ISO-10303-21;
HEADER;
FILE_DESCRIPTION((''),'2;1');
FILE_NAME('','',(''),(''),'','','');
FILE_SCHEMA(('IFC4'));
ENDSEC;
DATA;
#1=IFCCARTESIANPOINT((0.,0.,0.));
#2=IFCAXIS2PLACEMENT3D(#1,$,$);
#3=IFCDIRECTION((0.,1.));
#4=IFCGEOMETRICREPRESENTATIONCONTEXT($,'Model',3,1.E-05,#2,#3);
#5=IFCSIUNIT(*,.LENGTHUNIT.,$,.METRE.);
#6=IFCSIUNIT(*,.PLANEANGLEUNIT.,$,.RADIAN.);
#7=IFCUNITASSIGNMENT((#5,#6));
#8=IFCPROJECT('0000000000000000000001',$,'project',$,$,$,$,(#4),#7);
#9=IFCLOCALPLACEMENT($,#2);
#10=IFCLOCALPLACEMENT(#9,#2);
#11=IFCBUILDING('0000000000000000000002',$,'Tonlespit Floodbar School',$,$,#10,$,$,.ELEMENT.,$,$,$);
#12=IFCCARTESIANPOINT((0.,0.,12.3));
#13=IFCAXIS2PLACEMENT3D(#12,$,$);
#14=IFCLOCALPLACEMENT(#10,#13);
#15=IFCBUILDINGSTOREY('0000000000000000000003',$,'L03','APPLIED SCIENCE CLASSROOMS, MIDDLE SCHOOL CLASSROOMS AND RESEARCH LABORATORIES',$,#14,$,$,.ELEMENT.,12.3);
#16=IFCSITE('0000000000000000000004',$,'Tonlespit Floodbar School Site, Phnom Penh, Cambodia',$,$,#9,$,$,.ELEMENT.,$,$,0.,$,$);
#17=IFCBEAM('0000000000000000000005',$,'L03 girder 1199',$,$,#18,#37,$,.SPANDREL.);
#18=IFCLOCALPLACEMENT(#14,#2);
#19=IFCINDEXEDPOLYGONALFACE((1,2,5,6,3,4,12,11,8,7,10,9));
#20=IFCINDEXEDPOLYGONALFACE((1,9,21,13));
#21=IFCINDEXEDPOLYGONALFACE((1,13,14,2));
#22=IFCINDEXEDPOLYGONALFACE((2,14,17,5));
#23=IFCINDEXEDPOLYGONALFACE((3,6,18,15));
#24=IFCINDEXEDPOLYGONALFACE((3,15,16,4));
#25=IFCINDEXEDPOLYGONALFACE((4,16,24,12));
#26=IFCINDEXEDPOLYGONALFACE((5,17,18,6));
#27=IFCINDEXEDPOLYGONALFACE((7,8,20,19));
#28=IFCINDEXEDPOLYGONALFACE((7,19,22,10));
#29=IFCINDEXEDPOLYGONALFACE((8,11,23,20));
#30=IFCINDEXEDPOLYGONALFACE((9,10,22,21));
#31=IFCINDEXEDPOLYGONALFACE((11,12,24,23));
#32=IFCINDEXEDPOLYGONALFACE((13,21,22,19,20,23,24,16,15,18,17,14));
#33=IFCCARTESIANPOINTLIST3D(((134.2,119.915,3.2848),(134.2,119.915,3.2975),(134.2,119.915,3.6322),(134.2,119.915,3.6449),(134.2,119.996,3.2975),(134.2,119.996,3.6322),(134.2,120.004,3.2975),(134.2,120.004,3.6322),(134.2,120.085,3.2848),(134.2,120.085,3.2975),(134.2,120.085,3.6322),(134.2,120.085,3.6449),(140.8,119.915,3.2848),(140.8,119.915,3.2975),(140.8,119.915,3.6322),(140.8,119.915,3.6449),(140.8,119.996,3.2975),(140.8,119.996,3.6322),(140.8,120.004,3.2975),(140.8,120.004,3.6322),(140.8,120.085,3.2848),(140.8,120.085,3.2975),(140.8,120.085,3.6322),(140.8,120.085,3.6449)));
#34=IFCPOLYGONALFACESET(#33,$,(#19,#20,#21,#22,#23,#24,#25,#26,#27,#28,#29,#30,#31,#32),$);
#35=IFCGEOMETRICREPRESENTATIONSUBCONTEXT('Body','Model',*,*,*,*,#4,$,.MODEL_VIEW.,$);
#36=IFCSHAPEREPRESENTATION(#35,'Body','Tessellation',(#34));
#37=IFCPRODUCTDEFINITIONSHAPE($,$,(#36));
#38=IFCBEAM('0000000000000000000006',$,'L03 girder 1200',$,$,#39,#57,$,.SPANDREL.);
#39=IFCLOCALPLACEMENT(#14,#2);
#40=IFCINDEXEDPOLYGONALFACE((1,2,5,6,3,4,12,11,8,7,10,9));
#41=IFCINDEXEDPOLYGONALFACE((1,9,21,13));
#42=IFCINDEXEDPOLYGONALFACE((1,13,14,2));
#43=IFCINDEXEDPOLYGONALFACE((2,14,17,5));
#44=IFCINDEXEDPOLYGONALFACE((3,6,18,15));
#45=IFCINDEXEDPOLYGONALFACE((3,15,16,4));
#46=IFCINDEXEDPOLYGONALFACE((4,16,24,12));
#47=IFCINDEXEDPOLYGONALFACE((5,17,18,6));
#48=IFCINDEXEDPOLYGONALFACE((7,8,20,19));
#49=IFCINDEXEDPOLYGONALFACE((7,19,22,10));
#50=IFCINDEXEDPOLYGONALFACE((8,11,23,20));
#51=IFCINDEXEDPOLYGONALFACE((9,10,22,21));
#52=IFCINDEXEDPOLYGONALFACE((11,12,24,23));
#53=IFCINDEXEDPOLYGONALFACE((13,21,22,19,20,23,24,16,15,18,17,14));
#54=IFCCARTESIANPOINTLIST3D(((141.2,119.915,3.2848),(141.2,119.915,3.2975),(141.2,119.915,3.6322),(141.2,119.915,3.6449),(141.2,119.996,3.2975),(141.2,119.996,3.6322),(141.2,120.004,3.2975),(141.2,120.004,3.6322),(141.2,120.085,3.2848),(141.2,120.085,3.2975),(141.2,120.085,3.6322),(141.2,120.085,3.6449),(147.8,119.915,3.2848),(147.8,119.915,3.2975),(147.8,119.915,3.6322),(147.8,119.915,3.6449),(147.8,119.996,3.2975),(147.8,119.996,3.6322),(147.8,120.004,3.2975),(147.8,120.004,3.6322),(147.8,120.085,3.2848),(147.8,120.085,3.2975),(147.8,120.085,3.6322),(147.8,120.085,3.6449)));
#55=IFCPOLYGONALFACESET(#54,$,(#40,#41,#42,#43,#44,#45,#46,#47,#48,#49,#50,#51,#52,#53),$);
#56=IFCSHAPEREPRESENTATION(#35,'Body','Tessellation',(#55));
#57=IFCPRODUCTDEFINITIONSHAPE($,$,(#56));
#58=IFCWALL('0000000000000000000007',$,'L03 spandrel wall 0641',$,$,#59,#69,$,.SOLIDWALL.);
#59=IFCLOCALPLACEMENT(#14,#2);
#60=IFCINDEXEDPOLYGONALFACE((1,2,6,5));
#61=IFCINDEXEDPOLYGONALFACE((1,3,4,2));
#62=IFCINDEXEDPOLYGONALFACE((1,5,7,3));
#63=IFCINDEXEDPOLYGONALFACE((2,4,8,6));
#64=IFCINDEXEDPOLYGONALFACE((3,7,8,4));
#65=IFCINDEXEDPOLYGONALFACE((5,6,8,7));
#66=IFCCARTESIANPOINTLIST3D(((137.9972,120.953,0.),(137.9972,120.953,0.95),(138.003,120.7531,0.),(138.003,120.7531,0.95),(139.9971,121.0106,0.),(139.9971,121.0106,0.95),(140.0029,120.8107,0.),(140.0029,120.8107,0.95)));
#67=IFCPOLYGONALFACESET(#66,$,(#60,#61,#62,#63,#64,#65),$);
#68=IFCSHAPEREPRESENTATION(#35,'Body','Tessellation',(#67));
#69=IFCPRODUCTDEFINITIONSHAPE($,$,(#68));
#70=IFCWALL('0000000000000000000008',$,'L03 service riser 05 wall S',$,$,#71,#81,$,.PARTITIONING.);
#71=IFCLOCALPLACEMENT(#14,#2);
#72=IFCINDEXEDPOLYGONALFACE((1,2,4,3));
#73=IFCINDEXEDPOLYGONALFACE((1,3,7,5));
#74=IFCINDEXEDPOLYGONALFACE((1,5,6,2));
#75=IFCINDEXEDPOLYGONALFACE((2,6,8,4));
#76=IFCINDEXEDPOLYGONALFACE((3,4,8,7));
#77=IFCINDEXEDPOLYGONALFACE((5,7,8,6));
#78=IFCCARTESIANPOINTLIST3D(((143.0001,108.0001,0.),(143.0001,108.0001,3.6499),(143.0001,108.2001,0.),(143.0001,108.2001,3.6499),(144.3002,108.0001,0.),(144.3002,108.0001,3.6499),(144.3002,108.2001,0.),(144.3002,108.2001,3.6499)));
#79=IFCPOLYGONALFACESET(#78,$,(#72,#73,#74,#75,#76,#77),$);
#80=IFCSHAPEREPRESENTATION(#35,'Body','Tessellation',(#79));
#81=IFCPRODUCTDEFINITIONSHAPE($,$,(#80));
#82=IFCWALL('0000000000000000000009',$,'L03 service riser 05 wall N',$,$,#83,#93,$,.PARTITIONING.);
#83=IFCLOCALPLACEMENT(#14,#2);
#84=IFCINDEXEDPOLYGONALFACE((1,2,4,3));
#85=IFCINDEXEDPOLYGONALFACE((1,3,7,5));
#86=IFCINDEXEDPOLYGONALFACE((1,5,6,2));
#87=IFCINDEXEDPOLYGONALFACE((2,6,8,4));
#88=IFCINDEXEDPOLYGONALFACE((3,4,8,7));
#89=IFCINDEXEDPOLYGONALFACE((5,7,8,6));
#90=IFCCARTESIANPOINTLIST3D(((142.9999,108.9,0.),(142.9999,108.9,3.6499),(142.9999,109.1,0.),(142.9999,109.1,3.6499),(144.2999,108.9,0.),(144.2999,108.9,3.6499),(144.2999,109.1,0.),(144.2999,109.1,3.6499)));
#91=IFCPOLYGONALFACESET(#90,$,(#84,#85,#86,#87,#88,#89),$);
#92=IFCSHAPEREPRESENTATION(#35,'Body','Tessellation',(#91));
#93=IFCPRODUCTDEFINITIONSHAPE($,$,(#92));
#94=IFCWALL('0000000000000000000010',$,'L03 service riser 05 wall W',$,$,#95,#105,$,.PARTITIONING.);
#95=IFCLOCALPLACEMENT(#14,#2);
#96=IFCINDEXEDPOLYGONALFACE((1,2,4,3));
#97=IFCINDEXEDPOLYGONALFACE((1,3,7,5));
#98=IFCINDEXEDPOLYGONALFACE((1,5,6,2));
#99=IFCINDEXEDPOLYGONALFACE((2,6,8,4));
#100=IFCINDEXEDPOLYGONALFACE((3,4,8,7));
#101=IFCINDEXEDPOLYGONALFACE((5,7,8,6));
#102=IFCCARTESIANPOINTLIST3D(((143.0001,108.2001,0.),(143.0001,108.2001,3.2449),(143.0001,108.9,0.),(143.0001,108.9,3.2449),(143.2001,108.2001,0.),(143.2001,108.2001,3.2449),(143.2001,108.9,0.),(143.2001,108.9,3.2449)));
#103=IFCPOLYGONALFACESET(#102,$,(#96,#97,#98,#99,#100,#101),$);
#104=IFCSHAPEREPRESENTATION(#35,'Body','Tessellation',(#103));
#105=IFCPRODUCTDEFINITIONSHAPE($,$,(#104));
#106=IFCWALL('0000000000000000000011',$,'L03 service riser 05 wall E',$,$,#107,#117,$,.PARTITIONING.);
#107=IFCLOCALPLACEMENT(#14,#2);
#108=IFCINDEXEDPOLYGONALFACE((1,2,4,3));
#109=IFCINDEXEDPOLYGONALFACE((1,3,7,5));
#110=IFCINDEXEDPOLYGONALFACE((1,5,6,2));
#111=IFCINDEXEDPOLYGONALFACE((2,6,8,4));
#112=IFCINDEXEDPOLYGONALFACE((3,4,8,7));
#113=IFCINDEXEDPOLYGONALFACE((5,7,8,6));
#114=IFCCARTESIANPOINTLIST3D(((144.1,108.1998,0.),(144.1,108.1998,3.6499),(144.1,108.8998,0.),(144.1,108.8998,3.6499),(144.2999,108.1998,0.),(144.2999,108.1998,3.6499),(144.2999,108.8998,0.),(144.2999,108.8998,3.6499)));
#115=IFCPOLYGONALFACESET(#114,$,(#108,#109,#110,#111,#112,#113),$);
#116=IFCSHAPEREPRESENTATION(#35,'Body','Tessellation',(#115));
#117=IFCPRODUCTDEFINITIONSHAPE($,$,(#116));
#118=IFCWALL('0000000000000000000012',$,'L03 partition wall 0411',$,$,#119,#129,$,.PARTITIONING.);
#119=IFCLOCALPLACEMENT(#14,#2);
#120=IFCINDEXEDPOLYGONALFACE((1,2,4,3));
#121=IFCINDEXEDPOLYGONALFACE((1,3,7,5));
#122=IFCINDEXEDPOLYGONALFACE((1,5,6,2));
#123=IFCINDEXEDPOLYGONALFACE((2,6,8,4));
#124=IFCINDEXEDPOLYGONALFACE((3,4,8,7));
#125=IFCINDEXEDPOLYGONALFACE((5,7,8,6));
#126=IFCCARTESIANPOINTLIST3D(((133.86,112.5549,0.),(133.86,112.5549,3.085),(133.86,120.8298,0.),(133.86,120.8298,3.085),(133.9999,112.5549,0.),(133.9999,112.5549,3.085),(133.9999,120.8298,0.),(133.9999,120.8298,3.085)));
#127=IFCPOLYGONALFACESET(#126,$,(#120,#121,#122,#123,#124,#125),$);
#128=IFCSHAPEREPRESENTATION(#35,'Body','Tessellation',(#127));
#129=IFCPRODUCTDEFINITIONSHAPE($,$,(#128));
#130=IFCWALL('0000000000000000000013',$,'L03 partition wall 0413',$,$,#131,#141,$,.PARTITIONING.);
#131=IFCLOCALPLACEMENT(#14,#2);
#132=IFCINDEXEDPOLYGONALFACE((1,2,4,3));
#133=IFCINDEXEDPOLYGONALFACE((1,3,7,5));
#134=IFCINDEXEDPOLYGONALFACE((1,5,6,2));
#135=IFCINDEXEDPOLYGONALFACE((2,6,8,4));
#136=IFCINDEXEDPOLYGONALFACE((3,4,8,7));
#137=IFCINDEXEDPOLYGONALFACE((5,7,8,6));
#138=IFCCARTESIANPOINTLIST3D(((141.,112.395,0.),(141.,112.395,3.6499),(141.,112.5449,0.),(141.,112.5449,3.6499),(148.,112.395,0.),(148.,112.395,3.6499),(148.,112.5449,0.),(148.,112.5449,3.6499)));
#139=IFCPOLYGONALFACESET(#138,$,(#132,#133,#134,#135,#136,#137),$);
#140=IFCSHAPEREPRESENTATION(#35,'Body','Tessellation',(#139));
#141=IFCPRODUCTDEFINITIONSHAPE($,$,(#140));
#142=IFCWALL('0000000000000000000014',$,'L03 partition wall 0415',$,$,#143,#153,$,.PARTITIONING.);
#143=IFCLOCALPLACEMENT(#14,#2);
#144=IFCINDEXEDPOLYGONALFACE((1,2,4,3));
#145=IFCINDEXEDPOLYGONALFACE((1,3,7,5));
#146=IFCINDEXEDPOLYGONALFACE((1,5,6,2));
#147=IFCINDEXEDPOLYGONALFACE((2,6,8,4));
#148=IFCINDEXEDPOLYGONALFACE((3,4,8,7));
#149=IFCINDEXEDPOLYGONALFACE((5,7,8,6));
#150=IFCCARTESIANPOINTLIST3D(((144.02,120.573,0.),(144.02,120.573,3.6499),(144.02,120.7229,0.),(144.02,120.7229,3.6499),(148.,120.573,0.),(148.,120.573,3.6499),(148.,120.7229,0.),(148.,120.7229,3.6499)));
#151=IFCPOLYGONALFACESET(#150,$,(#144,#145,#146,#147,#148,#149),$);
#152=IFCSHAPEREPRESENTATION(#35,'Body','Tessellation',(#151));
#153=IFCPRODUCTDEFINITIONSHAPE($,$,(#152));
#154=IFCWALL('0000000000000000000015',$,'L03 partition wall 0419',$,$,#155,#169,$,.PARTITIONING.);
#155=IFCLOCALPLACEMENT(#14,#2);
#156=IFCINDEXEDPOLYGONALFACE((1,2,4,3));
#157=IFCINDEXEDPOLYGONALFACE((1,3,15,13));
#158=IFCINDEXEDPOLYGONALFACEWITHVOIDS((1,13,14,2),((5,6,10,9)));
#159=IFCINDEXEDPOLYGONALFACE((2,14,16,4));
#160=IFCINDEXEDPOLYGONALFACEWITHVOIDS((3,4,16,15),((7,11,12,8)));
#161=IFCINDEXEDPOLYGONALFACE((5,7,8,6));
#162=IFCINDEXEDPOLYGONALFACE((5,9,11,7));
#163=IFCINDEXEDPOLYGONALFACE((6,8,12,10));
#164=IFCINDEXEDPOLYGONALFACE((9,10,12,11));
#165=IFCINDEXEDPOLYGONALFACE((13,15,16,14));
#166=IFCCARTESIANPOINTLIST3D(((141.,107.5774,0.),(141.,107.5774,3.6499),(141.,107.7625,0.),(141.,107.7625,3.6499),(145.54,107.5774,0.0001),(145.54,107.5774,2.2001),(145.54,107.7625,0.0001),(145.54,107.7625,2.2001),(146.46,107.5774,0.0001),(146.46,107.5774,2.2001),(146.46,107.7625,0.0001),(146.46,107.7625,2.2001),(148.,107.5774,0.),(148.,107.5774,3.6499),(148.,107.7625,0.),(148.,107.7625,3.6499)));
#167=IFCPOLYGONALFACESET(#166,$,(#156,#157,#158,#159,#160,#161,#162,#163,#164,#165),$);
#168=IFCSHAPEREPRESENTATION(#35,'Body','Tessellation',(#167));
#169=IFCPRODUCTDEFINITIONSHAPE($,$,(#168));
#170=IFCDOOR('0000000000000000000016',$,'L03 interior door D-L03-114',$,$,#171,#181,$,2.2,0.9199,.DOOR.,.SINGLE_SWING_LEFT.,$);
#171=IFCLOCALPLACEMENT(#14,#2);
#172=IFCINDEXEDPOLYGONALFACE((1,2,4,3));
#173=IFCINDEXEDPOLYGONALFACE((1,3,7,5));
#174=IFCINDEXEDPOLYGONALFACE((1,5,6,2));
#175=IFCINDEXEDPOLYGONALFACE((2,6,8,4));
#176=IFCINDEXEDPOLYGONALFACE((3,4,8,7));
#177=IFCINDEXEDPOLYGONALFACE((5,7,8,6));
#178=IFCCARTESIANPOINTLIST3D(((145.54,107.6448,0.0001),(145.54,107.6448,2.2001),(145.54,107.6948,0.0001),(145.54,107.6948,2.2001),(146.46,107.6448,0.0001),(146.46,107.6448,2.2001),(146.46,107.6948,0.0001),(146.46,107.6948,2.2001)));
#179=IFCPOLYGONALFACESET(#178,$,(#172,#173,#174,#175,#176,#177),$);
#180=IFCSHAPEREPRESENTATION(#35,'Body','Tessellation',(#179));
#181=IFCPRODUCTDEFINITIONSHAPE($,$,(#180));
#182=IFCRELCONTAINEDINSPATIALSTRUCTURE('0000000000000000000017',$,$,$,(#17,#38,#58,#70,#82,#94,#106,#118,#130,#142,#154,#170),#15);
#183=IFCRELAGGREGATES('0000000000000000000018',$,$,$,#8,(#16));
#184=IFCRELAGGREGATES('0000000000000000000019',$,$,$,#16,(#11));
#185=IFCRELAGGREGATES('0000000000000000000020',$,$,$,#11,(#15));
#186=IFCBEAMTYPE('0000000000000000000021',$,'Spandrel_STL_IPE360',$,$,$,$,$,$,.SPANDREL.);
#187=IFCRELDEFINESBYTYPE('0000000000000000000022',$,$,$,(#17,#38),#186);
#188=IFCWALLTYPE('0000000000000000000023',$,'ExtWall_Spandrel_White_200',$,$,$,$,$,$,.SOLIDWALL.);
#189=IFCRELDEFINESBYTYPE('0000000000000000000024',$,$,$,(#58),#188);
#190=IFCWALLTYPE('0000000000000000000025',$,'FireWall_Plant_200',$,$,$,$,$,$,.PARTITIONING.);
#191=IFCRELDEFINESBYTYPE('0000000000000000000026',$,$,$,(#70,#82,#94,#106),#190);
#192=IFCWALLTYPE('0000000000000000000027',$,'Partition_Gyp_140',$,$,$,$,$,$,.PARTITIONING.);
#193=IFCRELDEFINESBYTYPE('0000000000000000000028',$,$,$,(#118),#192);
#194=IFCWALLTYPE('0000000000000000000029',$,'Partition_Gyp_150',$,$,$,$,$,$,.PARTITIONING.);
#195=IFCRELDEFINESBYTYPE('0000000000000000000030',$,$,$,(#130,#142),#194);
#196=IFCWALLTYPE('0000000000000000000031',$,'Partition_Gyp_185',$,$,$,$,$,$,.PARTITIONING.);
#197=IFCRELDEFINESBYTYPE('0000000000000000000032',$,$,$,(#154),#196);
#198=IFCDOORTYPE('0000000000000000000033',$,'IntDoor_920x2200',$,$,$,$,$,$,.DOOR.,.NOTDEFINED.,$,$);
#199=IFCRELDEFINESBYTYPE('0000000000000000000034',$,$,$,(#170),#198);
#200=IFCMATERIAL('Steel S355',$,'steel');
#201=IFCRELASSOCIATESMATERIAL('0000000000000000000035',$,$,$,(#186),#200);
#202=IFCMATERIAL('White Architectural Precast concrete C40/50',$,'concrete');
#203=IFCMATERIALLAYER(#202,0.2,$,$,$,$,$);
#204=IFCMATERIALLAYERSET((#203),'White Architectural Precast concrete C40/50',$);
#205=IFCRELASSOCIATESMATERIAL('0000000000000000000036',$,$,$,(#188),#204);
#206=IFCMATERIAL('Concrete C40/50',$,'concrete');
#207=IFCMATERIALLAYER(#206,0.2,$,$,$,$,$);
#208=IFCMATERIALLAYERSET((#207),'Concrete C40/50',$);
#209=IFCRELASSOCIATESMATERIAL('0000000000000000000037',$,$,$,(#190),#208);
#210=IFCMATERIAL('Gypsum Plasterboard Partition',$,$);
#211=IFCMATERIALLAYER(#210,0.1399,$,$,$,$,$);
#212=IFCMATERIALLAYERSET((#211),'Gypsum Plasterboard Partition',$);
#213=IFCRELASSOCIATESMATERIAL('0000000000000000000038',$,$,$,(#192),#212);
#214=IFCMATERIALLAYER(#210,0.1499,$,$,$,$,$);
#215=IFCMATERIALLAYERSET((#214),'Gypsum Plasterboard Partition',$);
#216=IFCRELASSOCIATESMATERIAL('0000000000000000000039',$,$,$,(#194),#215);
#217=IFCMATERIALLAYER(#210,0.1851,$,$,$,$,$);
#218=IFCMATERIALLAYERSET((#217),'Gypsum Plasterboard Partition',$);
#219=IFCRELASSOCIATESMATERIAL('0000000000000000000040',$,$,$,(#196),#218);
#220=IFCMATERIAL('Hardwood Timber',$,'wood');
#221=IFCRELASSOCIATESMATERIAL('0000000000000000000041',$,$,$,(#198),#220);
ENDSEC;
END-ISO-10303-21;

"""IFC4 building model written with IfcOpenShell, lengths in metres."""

from ifc_helpers import new_model, si_unit, direction, frame, frame_2d, origin, origin_2d, place, context, subcontext, project, spatial, rectangle, i_section, extrude, material, layer, layer_set, material_profile, profile_set, type_object, element, fill, save


model = new_model("IFC4")

# Units and contexts
model_context = context("Model", 3, precision=1e-05, world=origin(), true_north=direction((0.0, 1.0)))
body_context = subcontext(model_context, "Body", "Model", "MODEL_VIEW")
ifc_project = project(units=[si_unit("LENGTHUNIT", "METRE"), si_unit("PLANEANGLEUNIT", "RADIAN")], contexts=[model_context])

# Site, building, storey
site_placement = place(None, origin())
site = spatial("IfcSite", under=ifc_project, at=site_placement, Name="Tonlespit Floodbar School Site, Phnom Penh, Cambodia", CompositionType="ELEMENT", RefElevation=0.0)
building_placement = place(site_placement, origin())
building = spatial("IfcBuilding", under=site, at=building_placement, Name="Tonlespit Floodbar School", CompositionType="ELEMENT")
storey_placement = place(building_placement, frame((0.0, 0.0, 12.3)))
storey = spatial("IfcBuildingStorey", under=building, at=storey_placement, Name="L03", Description="APPLIED SCIENCE CLASSROOMS, MIDDLE SCHOOL CLASSROOMS AND RESEARCH LABORATORIES", CompositionType="ELEMENT", Elevation=12.3)

# Beams
ifc_material_1 = material(Name="Steel S355", Category="steel")
ifc_material_profile_1 = material_profile(ifc_material_1, i_section(OverallWidth=0.1699, OverallDepth=0.3601, WebThickness=0.0081, FlangeThickness=0.0127, at=origin_2d()), Name="IPE 360")
ifc_profile_set_1 = profile_set([ifc_material_profile_1], Name="Steel S355")
beam_type_1 = type_object("IfcBeamType", Name="Spandrel_STL_IPE360", PredefinedType="SPANDREL", material=ifc_profile_set_1)
for number, where, z_axis, x_axis, name in (
    (1, (134.2, 120.0, 3.4648), (1.0, 0.0, 0.0), (0.0, 1.0, 0.0), "L03 girder 1199"),
    (2, (141.2, 120.0, 3.4648), (1.0, 0.0, 0.0), (0.0, 1.0, 0.0), "L03 girder 1200"),
):
    element("IfcBeam", number, at=place(storey_placement, frame(where, z_axis=z_axis, x_axis=x_axis)), inside=storey, type_object=beam_type_1, Name=name, PredefinedType="SPANDREL", context=body_context, shape_type="SweptSolid", body=[
        extrude(i_section(OverallWidth=0.1699, OverallDepth=0.3601, WebThickness=0.0081, FlangeThickness=0.0127, at=origin_2d()), origin(), (0.0, 0.0, 1.0), 6.6001),
    ])

# Walls
ifc_material_2 = material(Name="White Architectural Precast concrete C40/50", Category="concrete")
ifc_layer_1 = layer(ifc_material_2, 0.2)
ifc_layer_set_1 = layer_set([ifc_layer_1], Name="White Architectural Precast concrete C40/50")
wall_type_1 = type_object("IfcWallType", Name="ExtWall_Spandrel_White_200", PredefinedType="SOLIDWALL", material=ifc_layer_set_1)
wall_1_placement = place(storey_placement, frame((138.0, 120.853, 0.0), z_axis=(0.0, 0.0, 1.0), x_axis=(0.999585, 0.028797, 0.0)))
element("IfcWall", 3, at=wall_1_placement, inside=storey, type_object=wall_type_1, Name="L03 spandrel wall 0641", PredefinedType="SOLIDWALL", context=body_context, shape_type="SweptSolid", body=[
    extrude(rectangle(XDim=2.0007, YDim=0.2, at=frame_2d((1.0005, 0.0))), origin(), (0.0, 0.0, 1.0), 0.95),
])
ifc_material_3 = material(Name="Concrete C40/50", Category="concrete")
ifc_layer_2 = layer(ifc_material_3, 0.2)
ifc_layer_set_2 = layer_set([ifc_layer_2], Name="Concrete C40/50")
wall_type_2 = type_object("IfcWallType", Name="FireWall_Plant_200", PredefinedType="PARTITIONING", material=ifc_layer_set_2)
for number, where, z_axis, x_axis, name in (
    (4, (144.3, 108.1001, 0.0), (0.0, 0.0, 1.0), (-1.0, 0.0, 0.0), "L03 service riser 05 wall S"),
    (5, (143.0, 109.0, 0.0), (0.0, 0.0, 1.0), (1.0, 0.0, 0.0), "L03 service riser 05 wall N"),
):
    element("IfcWall", number, at=place(storey_placement, frame(where, z_axis=z_axis, x_axis=x_axis)), inside=storey, type_object=wall_type_2, Name=name, PredefinedType="PARTITIONING", context=body_context, shape_type="SweptSolid", body=[
        extrude(rectangle(XDim=1.3, YDim=0.2, at=frame_2d((0.6499, 0.0))), origin(), (0.0, 0.0, 1.0), 3.6499),
    ])
wall_2_placement = place(storey_placement, frame((143.1001, 108.2, 0.0), z_axis=(0.0, 0.0, 1.0), x_axis=(0.0, 1.0, 0.0)))
element("IfcWall", 6, at=wall_2_placement, inside=storey, type_object=wall_type_2, Name="L03 service riser 05 wall W", PredefinedType="PARTITIONING", context=body_context, shape_type="SweptSolid", body=[
    extrude(rectangle(XDim=0.7, YDim=0.2, at=frame_2d((0.3501, 0.0))), origin(), (0.0, 0.0, 1.0), 3.2449),
])
wall_3_placement = place(storey_placement, frame((144.2, 108.8999, 0.0), z_axis=(0.0, 0.0, 1.0), x_axis=(0.0, -1.0, 0.0)))
element("IfcWall", 7, at=wall_3_placement, inside=storey, type_object=wall_type_2, Name="L03 service riser 05 wall E", PredefinedType="PARTITIONING", context=body_context, shape_type="SweptSolid", body=[
    extrude(rectangle(XDim=0.7, YDim=0.2, at=frame_2d((0.3501, 0.0))), origin(), (0.0, 0.0, 1.0), 3.6499),
])
ifc_material_4 = material(Name="Gypsum Plasterboard Partition")
ifc_layer_3 = layer(ifc_material_4, 0.1399)
ifc_layer_set_3 = layer_set([ifc_layer_3], Name="Gypsum Plasterboard Partition")
wall_type_3 = type_object("IfcWallType", Name="Partition_Gyp_140", PredefinedType="PARTITIONING", material=ifc_layer_set_3)
wall_4_placement = place(storey_placement, frame((133.9299, 112.5549, 0.0), z_axis=(0.0, 0.0, 1.0), x_axis=(0.0, 1.0, 0.0)))
element("IfcWall", 8, at=wall_4_placement, inside=storey, type_object=wall_type_3, Name="L03 partition wall 0411", PredefinedType="PARTITIONING", context=body_context, shape_type="SweptSolid", body=[
    extrude(rectangle(XDim=8.2749, YDim=0.1399, at=frame_2d((4.1375, 0.0))), origin(), (0.0, 0.0, 1.0), 3.085),
])

# Shared definitions
ifc_layer_4 = layer(ifc_material_4, 0.1499)
ifc_layer_set_4 = layer_set([ifc_layer_4], Name="Gypsum Plasterboard Partition")
wall_type_4 = type_object("IfcWallType", Name="Partition_Gyp_150", PredefinedType="PARTITIONING", material=ifc_layer_set_4)
ifc_material_5 = material(Name="Hardwood Timber", Category="wood")

# Walls
wall_5_placement = place(storey_placement, frame((141.0, 112.47, 0.0), z_axis=(0.0, 0.0, 1.0), x_axis=(1.0, 0.0, 0.0)))
element("IfcWall", 9, at=wall_5_placement, inside=storey, type_object=wall_type_4, Name="L03 partition wall 0413", PredefinedType="PARTITIONING", context=body_context, shape_type="SweptSolid", body=[
    extrude(rectangle(XDim=7.0, YDim=0.1499, at=frame_2d((3.5, 0.0))), origin(), (0.0, 0.0, 1.0), 3.6499),
])
wall_6_placement = place(storey_placement, frame((144.02, 120.6479, 0.0), z_axis=(0.0, 0.0, 1.0), x_axis=(1.0, 0.0, 0.0)))
element("IfcWall", 10, at=wall_6_placement, inside=storey, type_object=wall_type_4, Name="L03 partition wall 0415", PredefinedType="PARTITIONING", context=body_context, shape_type="SweptSolid", body=[
    extrude(rectangle(XDim=3.98, YDim=0.1499, at=frame_2d((1.99, 0.0))), origin(), (0.0, 0.0, 1.0), 3.6499),
])
ifc_layer_5 = layer(ifc_material_4, 0.1851)
ifc_layer_set_5 = layer_set([ifc_layer_5], Name="Gypsum Plasterboard Partition")
wall_type_5 = type_object("IfcWallType", Name="Partition_Gyp_185", PredefinedType="PARTITIONING", material=ifc_layer_set_5)

# Wall, opening, door
wall_7_placement = place(storey_placement, frame((141.0, 107.6699, 0.0), z_axis=(0.0, 0.0, 1.0), x_axis=(1.0, 0.0, 0.0)))
wall_7 = element("IfcWall", 11, at=wall_7_placement, inside=storey, type_object=wall_type_5, Name="L03 partition wall 0419", PredefinedType="PARTITIONING", context=body_context, shape_type="SweptSolid", body=[
    extrude(rectangle(XDim=7.0, YDim=0.1851, at=frame_2d((3.5, 0.0))), origin(), (0.0, 0.0, 1.0), 3.6499),
])
opening_1_placement = place(wall_7_placement, frame((4.54, 0.0, 0.0)))
opening_1 = element("IfcOpeningElement", 12, at=opening_1_placement, cuts=wall_7, PredefinedType="OPENING", context=body_context, shape_type="SweptSolid", body=[
    extrude(rectangle(XDim=0.9199, YDim=2.2, at=frame_2d((0.46, 1.1001))), frame((0.0, 0.1025, 0.0), z_axis=(0.0, -1.0, 0.0), x_axis=(1.0, 0.0, 0.0)), (0.0, 0.0, 1.0), 0.2051),
])
door_type_1 = type_object("IfcDoorType", Name="IntDoor_920x2200", OperationType="NOTDEFINED", PredefinedType="DOOR", material=ifc_material_5)
door_1_placement = place(opening_1_placement, origin())
door_1 = element("IfcDoor", 13, at=door_1_placement, inside=storey, type_object=door_type_1, Name="L03 interior door D-L03-114", OperationType="SINGLE_SWING_LEFT", OverallHeight=2.2, OverallWidth=0.9199, PredefinedType="DOOR", context=body_context, shape_type="SweptSolid", body=[
    extrude(rectangle(XDim=0.9199, YDim=2.2, at=frame_2d((0.46, 1.1001))), frame((0.0, 0.0249, 0.0), z_axis=(0.0, -1.0, 0.0), x_axis=(1.0, 0.0, 0.0)), (0.0, 0.0, 1.0), 0.05),
])
fill(opening_1, door_1)

save(model, "model.ifc")
